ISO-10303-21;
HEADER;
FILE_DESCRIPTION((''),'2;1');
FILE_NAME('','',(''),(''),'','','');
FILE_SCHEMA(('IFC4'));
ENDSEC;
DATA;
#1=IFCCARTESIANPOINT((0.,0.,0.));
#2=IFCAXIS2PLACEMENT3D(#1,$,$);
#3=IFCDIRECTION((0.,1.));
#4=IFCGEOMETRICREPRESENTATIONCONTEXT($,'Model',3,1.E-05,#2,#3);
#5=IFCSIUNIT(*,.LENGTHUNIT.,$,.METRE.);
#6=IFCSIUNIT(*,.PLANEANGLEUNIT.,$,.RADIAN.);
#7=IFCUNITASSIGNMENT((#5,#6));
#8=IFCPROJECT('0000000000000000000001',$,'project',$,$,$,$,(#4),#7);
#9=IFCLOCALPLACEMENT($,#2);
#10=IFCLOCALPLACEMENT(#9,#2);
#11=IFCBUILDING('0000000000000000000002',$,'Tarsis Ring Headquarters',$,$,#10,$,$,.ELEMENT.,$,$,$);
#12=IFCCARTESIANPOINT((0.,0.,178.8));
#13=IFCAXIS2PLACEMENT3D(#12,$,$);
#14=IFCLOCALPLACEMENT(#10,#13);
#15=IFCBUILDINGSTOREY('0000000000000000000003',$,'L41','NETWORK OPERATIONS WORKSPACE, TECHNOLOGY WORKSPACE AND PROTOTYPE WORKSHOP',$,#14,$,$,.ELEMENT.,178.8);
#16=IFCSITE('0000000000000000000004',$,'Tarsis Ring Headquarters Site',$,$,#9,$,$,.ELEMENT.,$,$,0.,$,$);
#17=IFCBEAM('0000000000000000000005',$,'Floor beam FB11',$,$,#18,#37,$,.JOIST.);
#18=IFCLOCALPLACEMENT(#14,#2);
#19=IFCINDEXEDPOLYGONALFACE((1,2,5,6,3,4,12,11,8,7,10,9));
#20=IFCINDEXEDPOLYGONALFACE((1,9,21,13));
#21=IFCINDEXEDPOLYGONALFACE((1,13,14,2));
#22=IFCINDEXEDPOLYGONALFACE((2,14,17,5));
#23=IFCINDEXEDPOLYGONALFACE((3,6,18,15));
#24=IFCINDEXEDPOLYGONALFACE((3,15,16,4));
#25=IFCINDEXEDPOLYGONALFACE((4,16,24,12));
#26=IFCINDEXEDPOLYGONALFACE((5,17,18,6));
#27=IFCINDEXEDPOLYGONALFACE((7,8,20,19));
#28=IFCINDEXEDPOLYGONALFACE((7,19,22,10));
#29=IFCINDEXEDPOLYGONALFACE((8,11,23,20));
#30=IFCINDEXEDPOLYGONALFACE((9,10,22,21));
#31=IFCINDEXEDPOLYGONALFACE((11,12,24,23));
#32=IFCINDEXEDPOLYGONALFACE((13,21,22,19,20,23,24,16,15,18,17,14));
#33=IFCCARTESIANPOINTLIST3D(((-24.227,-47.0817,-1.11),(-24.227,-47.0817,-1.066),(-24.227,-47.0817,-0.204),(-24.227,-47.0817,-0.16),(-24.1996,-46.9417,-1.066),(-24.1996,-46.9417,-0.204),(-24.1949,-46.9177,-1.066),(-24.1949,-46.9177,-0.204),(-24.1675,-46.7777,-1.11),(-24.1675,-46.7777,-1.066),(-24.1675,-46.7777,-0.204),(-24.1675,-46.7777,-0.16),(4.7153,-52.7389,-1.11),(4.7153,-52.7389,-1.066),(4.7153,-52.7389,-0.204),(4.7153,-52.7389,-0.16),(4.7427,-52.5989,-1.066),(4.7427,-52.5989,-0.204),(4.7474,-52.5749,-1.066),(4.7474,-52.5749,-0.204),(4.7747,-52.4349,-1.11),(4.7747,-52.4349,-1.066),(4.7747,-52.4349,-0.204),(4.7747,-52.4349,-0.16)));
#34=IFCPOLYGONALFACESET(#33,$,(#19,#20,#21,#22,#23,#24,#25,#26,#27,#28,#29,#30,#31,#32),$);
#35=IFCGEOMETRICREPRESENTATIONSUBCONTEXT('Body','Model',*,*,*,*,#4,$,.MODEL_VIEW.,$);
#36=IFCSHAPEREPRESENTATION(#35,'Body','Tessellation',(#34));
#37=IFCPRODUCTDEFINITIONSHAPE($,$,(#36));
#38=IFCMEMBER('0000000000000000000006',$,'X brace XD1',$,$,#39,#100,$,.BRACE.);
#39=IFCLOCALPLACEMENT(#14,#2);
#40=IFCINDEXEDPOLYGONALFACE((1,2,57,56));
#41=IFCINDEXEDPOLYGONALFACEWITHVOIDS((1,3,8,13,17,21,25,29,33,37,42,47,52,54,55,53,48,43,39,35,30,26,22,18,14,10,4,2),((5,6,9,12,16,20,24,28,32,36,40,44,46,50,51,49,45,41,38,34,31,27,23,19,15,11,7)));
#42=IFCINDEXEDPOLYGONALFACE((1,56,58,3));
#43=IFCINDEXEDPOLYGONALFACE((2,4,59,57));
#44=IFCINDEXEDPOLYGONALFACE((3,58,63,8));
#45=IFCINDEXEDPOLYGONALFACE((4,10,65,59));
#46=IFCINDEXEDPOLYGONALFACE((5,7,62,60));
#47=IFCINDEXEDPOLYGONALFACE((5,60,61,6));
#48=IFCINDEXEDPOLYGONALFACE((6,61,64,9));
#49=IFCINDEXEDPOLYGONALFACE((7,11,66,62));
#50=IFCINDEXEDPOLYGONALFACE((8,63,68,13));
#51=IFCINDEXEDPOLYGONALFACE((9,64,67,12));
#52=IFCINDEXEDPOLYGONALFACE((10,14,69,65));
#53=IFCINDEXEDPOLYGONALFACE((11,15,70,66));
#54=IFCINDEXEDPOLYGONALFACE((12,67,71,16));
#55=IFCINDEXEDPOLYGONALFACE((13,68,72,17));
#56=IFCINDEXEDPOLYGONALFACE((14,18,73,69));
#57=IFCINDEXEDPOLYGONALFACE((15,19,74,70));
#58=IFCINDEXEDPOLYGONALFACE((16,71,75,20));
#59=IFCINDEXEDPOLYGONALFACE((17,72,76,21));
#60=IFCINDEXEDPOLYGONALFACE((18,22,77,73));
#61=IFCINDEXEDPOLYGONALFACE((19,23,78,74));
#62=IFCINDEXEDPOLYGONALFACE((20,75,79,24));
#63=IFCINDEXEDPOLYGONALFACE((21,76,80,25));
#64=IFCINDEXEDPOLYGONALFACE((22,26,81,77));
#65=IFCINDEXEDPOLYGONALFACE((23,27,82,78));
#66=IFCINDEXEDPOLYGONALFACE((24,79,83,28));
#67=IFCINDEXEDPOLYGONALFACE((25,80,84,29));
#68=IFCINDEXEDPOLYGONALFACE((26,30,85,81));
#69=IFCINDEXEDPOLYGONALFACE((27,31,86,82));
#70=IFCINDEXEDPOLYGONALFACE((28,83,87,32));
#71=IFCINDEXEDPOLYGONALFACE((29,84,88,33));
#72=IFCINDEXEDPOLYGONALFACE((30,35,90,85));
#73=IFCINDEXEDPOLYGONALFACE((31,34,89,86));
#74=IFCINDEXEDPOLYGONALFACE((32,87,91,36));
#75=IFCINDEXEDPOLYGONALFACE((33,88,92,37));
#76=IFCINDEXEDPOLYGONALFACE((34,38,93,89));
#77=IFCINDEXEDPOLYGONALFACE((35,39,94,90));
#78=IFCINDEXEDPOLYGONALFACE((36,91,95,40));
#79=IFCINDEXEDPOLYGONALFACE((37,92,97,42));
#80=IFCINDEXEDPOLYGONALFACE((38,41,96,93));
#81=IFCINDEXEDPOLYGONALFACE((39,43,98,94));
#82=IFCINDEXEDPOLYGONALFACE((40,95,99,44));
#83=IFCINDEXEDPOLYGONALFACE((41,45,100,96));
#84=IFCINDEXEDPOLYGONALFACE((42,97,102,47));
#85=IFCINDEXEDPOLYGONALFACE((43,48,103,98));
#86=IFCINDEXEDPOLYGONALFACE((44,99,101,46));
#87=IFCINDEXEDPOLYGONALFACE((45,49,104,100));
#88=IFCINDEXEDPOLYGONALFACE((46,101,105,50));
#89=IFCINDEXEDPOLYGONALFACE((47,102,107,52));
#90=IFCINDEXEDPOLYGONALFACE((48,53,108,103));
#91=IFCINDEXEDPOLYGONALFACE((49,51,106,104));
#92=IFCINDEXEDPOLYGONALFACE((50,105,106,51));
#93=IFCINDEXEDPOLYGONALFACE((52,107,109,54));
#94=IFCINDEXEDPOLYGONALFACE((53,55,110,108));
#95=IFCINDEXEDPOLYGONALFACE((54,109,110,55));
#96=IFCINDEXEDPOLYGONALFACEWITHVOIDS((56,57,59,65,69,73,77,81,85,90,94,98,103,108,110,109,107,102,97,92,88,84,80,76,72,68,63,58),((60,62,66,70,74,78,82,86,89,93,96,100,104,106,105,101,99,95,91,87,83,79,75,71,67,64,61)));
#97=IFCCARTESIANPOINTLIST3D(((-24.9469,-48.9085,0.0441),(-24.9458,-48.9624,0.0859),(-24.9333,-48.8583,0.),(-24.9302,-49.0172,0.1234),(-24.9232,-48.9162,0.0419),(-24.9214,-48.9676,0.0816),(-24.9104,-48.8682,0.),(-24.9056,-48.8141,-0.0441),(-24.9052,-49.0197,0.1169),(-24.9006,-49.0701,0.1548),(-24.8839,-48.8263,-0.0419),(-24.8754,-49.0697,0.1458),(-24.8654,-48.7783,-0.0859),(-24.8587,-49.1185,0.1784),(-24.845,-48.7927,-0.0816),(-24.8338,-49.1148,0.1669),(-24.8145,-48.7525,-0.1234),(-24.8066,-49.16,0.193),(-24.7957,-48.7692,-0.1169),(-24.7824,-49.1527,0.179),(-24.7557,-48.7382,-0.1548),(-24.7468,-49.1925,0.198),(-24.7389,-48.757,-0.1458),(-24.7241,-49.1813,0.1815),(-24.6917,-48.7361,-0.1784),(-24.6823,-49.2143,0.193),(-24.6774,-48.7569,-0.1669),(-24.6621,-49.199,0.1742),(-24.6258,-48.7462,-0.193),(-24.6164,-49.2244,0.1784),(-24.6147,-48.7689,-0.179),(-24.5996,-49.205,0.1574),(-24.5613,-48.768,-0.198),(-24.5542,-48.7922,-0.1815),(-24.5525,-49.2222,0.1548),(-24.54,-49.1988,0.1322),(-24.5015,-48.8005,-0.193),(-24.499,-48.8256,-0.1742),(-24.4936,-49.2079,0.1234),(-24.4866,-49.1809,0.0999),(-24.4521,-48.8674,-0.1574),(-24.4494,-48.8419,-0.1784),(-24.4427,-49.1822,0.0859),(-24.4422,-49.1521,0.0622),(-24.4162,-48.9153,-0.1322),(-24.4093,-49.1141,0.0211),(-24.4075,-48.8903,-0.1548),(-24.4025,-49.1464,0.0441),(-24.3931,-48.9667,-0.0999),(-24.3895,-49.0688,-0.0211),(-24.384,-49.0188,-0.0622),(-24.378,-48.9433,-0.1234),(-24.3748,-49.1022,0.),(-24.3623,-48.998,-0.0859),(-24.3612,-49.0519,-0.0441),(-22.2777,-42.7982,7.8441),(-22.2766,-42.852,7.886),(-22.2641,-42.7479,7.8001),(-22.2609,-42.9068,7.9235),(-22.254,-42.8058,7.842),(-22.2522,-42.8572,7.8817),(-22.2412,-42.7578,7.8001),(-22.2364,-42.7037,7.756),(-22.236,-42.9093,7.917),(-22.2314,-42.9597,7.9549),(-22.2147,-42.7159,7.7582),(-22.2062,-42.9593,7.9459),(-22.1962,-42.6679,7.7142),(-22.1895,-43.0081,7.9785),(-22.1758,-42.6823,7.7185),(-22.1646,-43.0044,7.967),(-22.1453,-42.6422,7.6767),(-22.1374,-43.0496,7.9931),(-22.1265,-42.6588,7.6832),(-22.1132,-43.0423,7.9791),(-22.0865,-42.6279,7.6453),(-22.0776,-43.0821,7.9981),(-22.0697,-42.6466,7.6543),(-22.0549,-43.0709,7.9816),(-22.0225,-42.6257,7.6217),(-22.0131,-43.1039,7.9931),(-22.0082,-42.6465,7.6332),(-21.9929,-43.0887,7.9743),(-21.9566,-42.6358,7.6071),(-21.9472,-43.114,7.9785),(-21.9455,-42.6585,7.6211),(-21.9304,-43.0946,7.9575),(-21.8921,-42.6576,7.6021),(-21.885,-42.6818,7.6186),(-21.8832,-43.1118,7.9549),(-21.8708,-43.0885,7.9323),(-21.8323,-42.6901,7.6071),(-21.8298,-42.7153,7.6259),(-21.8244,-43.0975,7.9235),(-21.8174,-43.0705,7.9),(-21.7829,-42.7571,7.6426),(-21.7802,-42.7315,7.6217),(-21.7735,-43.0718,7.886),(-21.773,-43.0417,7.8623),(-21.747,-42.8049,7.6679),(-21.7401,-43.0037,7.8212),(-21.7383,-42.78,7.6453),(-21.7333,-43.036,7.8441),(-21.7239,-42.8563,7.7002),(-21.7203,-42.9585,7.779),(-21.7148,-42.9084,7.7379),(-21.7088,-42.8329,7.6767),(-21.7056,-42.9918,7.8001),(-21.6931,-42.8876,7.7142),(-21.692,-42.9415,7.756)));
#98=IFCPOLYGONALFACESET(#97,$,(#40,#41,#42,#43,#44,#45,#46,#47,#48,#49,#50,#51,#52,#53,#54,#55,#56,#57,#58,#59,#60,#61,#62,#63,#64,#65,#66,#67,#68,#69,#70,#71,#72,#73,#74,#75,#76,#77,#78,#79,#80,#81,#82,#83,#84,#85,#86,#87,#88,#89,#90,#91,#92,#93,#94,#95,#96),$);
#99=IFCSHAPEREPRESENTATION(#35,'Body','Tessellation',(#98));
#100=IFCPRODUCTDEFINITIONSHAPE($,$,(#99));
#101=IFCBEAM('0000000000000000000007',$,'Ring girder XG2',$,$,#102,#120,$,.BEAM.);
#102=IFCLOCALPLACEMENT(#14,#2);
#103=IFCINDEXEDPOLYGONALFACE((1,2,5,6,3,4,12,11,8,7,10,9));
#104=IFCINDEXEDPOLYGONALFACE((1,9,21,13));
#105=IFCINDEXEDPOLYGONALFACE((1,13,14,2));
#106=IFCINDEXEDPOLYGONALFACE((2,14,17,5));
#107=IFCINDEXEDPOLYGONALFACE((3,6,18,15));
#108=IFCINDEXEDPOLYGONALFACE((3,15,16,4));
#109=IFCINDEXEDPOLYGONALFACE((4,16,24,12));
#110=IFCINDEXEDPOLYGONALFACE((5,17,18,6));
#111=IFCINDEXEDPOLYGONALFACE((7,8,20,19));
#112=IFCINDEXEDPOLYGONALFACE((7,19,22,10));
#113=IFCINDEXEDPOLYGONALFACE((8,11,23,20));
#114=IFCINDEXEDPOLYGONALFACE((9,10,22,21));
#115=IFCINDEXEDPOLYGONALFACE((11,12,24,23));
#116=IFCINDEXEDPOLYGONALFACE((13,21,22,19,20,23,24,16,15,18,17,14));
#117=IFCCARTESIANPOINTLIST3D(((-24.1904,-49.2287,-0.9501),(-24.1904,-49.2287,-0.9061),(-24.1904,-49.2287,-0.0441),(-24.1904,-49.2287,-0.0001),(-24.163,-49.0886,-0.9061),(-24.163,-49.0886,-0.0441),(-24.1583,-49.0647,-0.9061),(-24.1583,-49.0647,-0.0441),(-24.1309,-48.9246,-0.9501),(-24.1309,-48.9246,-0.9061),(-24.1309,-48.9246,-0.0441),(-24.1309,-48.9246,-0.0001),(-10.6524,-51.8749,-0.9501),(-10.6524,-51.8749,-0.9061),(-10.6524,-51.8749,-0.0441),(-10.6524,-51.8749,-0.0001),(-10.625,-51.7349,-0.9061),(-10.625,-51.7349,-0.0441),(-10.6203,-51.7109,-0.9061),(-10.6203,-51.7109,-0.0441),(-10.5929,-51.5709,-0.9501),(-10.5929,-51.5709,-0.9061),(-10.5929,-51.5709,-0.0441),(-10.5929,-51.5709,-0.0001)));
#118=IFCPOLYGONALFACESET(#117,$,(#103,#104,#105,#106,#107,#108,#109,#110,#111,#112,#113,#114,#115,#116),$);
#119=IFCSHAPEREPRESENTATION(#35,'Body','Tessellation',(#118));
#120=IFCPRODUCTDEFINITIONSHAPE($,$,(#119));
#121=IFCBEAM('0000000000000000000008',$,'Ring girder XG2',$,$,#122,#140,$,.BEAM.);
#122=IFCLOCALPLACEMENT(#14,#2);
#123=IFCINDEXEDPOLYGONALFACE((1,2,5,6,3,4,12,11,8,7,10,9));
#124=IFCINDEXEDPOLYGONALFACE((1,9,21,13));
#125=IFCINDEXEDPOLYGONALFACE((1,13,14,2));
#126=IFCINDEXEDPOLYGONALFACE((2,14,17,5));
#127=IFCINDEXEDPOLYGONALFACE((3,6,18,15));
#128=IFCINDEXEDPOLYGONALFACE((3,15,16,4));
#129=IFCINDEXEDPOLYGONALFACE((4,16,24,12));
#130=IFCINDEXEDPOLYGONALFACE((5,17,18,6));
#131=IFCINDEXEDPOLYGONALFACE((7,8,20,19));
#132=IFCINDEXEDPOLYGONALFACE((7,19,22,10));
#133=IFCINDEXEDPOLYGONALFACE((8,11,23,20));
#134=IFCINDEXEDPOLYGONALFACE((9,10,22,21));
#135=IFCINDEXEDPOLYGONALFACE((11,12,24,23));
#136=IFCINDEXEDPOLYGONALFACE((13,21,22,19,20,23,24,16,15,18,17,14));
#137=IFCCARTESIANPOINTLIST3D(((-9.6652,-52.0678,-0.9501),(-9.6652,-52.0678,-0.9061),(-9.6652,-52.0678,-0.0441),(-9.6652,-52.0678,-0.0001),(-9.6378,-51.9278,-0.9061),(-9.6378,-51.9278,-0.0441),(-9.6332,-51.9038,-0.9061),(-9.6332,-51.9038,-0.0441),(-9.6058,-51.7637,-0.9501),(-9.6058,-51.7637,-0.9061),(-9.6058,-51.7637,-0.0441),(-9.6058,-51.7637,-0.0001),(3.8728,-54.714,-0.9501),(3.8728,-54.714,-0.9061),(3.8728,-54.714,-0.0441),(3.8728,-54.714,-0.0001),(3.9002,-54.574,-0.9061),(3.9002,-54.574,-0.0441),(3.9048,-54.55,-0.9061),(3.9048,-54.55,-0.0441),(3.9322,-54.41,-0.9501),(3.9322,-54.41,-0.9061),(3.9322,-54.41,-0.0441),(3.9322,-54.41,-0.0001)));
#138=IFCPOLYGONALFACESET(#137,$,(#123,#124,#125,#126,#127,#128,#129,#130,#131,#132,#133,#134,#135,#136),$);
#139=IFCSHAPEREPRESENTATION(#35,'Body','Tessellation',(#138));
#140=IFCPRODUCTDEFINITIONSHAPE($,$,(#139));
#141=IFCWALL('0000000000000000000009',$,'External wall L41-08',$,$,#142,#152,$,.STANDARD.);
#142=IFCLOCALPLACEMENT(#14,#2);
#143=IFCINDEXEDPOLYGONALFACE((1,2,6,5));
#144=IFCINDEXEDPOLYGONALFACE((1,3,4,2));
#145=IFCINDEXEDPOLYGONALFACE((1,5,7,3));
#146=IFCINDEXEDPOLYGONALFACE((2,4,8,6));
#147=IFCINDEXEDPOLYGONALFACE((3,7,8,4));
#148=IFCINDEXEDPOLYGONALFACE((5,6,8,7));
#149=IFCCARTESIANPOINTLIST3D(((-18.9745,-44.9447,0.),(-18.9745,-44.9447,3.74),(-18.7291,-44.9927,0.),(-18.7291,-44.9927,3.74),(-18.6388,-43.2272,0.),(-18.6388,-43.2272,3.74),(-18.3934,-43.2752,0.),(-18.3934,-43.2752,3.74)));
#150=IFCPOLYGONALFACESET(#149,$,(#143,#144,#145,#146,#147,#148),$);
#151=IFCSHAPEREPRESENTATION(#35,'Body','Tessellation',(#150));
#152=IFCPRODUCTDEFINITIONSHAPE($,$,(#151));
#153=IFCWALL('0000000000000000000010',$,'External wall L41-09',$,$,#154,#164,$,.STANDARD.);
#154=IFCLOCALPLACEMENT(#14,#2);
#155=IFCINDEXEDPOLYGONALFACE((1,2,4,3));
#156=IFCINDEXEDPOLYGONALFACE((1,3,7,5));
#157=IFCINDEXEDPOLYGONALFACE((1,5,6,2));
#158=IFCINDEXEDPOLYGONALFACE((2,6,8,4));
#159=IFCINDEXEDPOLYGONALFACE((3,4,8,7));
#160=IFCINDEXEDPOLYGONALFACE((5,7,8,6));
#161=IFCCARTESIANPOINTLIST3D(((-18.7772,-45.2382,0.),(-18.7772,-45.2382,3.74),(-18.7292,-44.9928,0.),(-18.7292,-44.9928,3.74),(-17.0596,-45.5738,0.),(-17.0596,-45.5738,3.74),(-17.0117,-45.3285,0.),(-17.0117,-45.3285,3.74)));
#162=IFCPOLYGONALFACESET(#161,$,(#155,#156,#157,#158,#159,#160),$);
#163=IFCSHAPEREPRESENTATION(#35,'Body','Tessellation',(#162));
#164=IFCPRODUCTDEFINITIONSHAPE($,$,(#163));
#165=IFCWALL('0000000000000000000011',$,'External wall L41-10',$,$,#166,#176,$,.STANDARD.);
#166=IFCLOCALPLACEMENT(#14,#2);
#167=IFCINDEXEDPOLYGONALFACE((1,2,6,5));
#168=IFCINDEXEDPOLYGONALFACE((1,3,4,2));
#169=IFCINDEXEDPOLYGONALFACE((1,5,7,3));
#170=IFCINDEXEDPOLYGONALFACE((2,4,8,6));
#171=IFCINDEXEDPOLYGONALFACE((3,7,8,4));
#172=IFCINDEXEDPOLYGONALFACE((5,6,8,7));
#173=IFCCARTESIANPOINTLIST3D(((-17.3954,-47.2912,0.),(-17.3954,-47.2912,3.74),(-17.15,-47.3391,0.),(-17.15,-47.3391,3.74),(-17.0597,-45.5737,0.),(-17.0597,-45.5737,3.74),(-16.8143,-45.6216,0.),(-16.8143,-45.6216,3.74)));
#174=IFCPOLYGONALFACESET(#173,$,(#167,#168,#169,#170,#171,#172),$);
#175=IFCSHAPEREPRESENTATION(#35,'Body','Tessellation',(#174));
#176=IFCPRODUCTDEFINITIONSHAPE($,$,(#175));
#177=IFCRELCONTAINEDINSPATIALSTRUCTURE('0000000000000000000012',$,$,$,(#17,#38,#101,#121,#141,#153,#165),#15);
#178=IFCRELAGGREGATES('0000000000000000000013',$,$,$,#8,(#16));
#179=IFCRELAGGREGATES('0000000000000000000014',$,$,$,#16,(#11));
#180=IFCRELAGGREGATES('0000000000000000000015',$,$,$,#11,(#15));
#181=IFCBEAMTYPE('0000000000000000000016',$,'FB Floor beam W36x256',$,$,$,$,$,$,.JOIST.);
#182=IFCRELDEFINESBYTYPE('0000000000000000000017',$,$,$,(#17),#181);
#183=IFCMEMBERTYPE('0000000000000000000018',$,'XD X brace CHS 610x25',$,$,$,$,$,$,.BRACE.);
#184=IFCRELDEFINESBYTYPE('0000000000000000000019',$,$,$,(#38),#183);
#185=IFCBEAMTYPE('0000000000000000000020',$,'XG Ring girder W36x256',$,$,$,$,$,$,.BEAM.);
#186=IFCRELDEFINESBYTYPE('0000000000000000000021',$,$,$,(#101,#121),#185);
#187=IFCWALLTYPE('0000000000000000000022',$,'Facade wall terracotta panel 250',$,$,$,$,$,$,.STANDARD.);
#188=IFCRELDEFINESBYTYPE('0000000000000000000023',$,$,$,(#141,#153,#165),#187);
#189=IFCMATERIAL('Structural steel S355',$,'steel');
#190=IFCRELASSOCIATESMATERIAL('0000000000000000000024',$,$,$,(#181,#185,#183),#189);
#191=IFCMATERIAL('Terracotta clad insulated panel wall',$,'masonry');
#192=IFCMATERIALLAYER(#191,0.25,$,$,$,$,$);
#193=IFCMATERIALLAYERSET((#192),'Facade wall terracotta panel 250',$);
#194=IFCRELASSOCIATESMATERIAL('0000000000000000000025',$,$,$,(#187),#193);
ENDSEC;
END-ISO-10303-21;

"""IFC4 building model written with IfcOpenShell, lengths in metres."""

from ifc_helpers import new_model, si_unit, direction, frame, frame_2d, origin, origin_2d, place, context, subcontext, project, spatial, rectangle, hollow_circle, i_section, extrude, material, layer, layer_set, material_profile, profile_set, type_object, element, save


model = new_model("IFC4")

# Units and contexts
model_context = context("Model", 3, precision=1e-05, world=origin(), true_north=direction((0.0, 1.0)))
body_context = subcontext(model_context, "Body", "Model", "MODEL_VIEW")
ifc_project = project(units=[si_unit("LENGTHUNIT", "METRE"), si_unit("PLANEANGLEUNIT", "RADIAN")], contexts=[model_context])

# Site, building, storey
site_placement = place(None, origin())
site = spatial("IfcSite", under=ifc_project, at=site_placement, Name="Tarsis Ring Headquarters Site", CompositionType="ELEMENT", RefElevation=0.0)
building_placement = place(site_placement, origin())
building = spatial("IfcBuilding", under=site, at=building_placement, Name="Tarsis Ring Headquarters", CompositionType="ELEMENT")
storey_placement = place(building_placement, frame((0.0, 0.0, 178.8)))
storey = spatial("IfcBuildingStorey", under=building, at=storey_placement, Name="L41", Description="NETWORK OPERATIONS WORKSPACE, TECHNOLOGY WORKSPACE AND PROTOTYPE WORKSHOP", CompositionType="ELEMENT", Elevation=178.8)

# Shared definitions
ifc_material_1 = material(Name="Structural steel S355", Category="steel")

# Beam
ifc_material_profile_1 = material_profile(ifc_material_1, i_section(OverallWidth=0.3098, OverallDepth=0.95, WebThickness=0.0244, FlangeThickness=0.0439, at=origin_2d()), Name="W36x256")
ifc_profile_set_1 = profile_set([ifc_material_profile_1], Name="Structural steel S355")
beam_type_1 = type_object("IfcBeamType", Name="FB Floor beam W36x256", PredefinedType="JOIST", material=ifc_profile_set_1)
beam_1_placement = place(storey_placement, frame((-24.1973, -46.9297, -0.635), z_axis=(0.981427, -0.191835, 0.0), x_axis=(0.191835, 0.981427, 0.0)))
element("IfcBeam", 1, at=beam_1_placement, inside=storey, type_object=beam_type_1, Name="Floor beam FB11", PredefinedType="JOIST", context=body_context, shape_type="SweptSolid", body=[
    extrude(i_section(OverallWidth=0.3098, OverallDepth=0.95, WebThickness=0.0244, FlangeThickness=0.0439, at=origin_2d()), origin(), (0.0, 0.0, 1.0), 29.49),
])

# Member
ifc_material_profile_2 = material_profile(ifc_material_1, hollow_circle(Radius=0.3047, WallThickness=0.0249, at=origin_2d()), Name="CHS 610x25")
ifc_profile_set_2 = profile_set([ifc_material_profile_2], Name="Structural steel S355")
member_type = type_object("IfcMemberType", Name="XD X brace CHS 610x25", PredefinedType="BRACE", material=ifc_profile_set_2)
member_placement = place(storey_placement, frame((-24.6541, -48.9802, 0.0), z_axis=(0.260113, 0.595454, 0.760115), x_axis=(-0.916382, 0.400304, 0.0)))
element("IfcMember", 2, at=member_placement, inside=storey, type_object=member_type, Name="X brace XD1", PredefinedType="BRACE", context=body_context, shape_type="SweptSolid", body=[
    extrude(hollow_circle(Radius=0.3047, WallThickness=0.0249, at=origin_2d()), origin(), (0.0, 0.0, 1.0), 10.2617),
])

# Beams
beam_type_2 = type_object("IfcBeamType", Name="XG Ring girder W36x256", PredefinedType="BEAM", material=ifc_profile_set_1)
for number, where, z_axis, x_axis, name in (
    (3, (-24.1606, -49.0767, -0.4751), (0.981427, -0.191836, 0.0), (0.191836, 0.981427, 0.0), "Ring girder XG2"),
    (4, (-9.6355, -51.9158, -0.4751), (0.981427, -0.191836, 0.0), (0.191836, 0.981427, 0.0), "Ring girder XG2"),
):
    element("IfcBeam", number, at=place(storey_placement, frame(where, z_axis=z_axis, x_axis=x_axis)), inside=storey, type_object=beam_type_2, Name=name, PredefinedType="BEAM", context=body_context, shape_type="SweptSolid", body=[
        extrude(i_section(OverallWidth=0.3098, OverallDepth=0.95, WebThickness=0.0244, FlangeThickness=0.0439, at=origin_2d()), origin(), (0.0, 0.0, 1.0), 13.7942),
    ])

# Walls
ifc_material_2 = material(Name="Terracotta clad insulated panel wall", Category="masonry")
ifc_layer = layer(ifc_material_2, 0.25)
ifc_layer_set = layer_set([ifc_layer], Name="Facade wall terracotta panel 250")
wall_type = type_object("IfcWallType", Name="Facade wall terracotta panel 250", PredefinedType="STANDARD", material=ifc_layer_set)
for number, where, z_axis, x_axis, name in (
    (5, (-18.5161, -43.2512, 0.0), (0.0, 0.0, 1.0), (-0.191822, -0.98143, 0.0), "External wall L41-08"),
    (6, (-18.7532, -45.1155, 0.0), (0.0, 0.0, 1.0), (0.98143, -0.191822, 0.0), "External wall L41-09"),
    (7, (-16.937, -45.5977, 0.0), (0.0, 0.0, 1.0), (-0.191822, -0.98143, 0.0), "External wall L41-10"),
):
    element("IfcWall", number, at=place(storey_placement, frame(where, z_axis=z_axis, x_axis=x_axis)), inside=storey, type_object=wall_type, Name=name, PredefinedType="STANDARD", context=body_context, shape_type="SweptSolid", body=[
        extrude(rectangle(XDim=1.75, YDim=0.25, at=frame_2d((0.875, 0.0))), origin(), (0.0, 0.0, 1.0), 3.74),
    ])

save(model, "model.ifc")
